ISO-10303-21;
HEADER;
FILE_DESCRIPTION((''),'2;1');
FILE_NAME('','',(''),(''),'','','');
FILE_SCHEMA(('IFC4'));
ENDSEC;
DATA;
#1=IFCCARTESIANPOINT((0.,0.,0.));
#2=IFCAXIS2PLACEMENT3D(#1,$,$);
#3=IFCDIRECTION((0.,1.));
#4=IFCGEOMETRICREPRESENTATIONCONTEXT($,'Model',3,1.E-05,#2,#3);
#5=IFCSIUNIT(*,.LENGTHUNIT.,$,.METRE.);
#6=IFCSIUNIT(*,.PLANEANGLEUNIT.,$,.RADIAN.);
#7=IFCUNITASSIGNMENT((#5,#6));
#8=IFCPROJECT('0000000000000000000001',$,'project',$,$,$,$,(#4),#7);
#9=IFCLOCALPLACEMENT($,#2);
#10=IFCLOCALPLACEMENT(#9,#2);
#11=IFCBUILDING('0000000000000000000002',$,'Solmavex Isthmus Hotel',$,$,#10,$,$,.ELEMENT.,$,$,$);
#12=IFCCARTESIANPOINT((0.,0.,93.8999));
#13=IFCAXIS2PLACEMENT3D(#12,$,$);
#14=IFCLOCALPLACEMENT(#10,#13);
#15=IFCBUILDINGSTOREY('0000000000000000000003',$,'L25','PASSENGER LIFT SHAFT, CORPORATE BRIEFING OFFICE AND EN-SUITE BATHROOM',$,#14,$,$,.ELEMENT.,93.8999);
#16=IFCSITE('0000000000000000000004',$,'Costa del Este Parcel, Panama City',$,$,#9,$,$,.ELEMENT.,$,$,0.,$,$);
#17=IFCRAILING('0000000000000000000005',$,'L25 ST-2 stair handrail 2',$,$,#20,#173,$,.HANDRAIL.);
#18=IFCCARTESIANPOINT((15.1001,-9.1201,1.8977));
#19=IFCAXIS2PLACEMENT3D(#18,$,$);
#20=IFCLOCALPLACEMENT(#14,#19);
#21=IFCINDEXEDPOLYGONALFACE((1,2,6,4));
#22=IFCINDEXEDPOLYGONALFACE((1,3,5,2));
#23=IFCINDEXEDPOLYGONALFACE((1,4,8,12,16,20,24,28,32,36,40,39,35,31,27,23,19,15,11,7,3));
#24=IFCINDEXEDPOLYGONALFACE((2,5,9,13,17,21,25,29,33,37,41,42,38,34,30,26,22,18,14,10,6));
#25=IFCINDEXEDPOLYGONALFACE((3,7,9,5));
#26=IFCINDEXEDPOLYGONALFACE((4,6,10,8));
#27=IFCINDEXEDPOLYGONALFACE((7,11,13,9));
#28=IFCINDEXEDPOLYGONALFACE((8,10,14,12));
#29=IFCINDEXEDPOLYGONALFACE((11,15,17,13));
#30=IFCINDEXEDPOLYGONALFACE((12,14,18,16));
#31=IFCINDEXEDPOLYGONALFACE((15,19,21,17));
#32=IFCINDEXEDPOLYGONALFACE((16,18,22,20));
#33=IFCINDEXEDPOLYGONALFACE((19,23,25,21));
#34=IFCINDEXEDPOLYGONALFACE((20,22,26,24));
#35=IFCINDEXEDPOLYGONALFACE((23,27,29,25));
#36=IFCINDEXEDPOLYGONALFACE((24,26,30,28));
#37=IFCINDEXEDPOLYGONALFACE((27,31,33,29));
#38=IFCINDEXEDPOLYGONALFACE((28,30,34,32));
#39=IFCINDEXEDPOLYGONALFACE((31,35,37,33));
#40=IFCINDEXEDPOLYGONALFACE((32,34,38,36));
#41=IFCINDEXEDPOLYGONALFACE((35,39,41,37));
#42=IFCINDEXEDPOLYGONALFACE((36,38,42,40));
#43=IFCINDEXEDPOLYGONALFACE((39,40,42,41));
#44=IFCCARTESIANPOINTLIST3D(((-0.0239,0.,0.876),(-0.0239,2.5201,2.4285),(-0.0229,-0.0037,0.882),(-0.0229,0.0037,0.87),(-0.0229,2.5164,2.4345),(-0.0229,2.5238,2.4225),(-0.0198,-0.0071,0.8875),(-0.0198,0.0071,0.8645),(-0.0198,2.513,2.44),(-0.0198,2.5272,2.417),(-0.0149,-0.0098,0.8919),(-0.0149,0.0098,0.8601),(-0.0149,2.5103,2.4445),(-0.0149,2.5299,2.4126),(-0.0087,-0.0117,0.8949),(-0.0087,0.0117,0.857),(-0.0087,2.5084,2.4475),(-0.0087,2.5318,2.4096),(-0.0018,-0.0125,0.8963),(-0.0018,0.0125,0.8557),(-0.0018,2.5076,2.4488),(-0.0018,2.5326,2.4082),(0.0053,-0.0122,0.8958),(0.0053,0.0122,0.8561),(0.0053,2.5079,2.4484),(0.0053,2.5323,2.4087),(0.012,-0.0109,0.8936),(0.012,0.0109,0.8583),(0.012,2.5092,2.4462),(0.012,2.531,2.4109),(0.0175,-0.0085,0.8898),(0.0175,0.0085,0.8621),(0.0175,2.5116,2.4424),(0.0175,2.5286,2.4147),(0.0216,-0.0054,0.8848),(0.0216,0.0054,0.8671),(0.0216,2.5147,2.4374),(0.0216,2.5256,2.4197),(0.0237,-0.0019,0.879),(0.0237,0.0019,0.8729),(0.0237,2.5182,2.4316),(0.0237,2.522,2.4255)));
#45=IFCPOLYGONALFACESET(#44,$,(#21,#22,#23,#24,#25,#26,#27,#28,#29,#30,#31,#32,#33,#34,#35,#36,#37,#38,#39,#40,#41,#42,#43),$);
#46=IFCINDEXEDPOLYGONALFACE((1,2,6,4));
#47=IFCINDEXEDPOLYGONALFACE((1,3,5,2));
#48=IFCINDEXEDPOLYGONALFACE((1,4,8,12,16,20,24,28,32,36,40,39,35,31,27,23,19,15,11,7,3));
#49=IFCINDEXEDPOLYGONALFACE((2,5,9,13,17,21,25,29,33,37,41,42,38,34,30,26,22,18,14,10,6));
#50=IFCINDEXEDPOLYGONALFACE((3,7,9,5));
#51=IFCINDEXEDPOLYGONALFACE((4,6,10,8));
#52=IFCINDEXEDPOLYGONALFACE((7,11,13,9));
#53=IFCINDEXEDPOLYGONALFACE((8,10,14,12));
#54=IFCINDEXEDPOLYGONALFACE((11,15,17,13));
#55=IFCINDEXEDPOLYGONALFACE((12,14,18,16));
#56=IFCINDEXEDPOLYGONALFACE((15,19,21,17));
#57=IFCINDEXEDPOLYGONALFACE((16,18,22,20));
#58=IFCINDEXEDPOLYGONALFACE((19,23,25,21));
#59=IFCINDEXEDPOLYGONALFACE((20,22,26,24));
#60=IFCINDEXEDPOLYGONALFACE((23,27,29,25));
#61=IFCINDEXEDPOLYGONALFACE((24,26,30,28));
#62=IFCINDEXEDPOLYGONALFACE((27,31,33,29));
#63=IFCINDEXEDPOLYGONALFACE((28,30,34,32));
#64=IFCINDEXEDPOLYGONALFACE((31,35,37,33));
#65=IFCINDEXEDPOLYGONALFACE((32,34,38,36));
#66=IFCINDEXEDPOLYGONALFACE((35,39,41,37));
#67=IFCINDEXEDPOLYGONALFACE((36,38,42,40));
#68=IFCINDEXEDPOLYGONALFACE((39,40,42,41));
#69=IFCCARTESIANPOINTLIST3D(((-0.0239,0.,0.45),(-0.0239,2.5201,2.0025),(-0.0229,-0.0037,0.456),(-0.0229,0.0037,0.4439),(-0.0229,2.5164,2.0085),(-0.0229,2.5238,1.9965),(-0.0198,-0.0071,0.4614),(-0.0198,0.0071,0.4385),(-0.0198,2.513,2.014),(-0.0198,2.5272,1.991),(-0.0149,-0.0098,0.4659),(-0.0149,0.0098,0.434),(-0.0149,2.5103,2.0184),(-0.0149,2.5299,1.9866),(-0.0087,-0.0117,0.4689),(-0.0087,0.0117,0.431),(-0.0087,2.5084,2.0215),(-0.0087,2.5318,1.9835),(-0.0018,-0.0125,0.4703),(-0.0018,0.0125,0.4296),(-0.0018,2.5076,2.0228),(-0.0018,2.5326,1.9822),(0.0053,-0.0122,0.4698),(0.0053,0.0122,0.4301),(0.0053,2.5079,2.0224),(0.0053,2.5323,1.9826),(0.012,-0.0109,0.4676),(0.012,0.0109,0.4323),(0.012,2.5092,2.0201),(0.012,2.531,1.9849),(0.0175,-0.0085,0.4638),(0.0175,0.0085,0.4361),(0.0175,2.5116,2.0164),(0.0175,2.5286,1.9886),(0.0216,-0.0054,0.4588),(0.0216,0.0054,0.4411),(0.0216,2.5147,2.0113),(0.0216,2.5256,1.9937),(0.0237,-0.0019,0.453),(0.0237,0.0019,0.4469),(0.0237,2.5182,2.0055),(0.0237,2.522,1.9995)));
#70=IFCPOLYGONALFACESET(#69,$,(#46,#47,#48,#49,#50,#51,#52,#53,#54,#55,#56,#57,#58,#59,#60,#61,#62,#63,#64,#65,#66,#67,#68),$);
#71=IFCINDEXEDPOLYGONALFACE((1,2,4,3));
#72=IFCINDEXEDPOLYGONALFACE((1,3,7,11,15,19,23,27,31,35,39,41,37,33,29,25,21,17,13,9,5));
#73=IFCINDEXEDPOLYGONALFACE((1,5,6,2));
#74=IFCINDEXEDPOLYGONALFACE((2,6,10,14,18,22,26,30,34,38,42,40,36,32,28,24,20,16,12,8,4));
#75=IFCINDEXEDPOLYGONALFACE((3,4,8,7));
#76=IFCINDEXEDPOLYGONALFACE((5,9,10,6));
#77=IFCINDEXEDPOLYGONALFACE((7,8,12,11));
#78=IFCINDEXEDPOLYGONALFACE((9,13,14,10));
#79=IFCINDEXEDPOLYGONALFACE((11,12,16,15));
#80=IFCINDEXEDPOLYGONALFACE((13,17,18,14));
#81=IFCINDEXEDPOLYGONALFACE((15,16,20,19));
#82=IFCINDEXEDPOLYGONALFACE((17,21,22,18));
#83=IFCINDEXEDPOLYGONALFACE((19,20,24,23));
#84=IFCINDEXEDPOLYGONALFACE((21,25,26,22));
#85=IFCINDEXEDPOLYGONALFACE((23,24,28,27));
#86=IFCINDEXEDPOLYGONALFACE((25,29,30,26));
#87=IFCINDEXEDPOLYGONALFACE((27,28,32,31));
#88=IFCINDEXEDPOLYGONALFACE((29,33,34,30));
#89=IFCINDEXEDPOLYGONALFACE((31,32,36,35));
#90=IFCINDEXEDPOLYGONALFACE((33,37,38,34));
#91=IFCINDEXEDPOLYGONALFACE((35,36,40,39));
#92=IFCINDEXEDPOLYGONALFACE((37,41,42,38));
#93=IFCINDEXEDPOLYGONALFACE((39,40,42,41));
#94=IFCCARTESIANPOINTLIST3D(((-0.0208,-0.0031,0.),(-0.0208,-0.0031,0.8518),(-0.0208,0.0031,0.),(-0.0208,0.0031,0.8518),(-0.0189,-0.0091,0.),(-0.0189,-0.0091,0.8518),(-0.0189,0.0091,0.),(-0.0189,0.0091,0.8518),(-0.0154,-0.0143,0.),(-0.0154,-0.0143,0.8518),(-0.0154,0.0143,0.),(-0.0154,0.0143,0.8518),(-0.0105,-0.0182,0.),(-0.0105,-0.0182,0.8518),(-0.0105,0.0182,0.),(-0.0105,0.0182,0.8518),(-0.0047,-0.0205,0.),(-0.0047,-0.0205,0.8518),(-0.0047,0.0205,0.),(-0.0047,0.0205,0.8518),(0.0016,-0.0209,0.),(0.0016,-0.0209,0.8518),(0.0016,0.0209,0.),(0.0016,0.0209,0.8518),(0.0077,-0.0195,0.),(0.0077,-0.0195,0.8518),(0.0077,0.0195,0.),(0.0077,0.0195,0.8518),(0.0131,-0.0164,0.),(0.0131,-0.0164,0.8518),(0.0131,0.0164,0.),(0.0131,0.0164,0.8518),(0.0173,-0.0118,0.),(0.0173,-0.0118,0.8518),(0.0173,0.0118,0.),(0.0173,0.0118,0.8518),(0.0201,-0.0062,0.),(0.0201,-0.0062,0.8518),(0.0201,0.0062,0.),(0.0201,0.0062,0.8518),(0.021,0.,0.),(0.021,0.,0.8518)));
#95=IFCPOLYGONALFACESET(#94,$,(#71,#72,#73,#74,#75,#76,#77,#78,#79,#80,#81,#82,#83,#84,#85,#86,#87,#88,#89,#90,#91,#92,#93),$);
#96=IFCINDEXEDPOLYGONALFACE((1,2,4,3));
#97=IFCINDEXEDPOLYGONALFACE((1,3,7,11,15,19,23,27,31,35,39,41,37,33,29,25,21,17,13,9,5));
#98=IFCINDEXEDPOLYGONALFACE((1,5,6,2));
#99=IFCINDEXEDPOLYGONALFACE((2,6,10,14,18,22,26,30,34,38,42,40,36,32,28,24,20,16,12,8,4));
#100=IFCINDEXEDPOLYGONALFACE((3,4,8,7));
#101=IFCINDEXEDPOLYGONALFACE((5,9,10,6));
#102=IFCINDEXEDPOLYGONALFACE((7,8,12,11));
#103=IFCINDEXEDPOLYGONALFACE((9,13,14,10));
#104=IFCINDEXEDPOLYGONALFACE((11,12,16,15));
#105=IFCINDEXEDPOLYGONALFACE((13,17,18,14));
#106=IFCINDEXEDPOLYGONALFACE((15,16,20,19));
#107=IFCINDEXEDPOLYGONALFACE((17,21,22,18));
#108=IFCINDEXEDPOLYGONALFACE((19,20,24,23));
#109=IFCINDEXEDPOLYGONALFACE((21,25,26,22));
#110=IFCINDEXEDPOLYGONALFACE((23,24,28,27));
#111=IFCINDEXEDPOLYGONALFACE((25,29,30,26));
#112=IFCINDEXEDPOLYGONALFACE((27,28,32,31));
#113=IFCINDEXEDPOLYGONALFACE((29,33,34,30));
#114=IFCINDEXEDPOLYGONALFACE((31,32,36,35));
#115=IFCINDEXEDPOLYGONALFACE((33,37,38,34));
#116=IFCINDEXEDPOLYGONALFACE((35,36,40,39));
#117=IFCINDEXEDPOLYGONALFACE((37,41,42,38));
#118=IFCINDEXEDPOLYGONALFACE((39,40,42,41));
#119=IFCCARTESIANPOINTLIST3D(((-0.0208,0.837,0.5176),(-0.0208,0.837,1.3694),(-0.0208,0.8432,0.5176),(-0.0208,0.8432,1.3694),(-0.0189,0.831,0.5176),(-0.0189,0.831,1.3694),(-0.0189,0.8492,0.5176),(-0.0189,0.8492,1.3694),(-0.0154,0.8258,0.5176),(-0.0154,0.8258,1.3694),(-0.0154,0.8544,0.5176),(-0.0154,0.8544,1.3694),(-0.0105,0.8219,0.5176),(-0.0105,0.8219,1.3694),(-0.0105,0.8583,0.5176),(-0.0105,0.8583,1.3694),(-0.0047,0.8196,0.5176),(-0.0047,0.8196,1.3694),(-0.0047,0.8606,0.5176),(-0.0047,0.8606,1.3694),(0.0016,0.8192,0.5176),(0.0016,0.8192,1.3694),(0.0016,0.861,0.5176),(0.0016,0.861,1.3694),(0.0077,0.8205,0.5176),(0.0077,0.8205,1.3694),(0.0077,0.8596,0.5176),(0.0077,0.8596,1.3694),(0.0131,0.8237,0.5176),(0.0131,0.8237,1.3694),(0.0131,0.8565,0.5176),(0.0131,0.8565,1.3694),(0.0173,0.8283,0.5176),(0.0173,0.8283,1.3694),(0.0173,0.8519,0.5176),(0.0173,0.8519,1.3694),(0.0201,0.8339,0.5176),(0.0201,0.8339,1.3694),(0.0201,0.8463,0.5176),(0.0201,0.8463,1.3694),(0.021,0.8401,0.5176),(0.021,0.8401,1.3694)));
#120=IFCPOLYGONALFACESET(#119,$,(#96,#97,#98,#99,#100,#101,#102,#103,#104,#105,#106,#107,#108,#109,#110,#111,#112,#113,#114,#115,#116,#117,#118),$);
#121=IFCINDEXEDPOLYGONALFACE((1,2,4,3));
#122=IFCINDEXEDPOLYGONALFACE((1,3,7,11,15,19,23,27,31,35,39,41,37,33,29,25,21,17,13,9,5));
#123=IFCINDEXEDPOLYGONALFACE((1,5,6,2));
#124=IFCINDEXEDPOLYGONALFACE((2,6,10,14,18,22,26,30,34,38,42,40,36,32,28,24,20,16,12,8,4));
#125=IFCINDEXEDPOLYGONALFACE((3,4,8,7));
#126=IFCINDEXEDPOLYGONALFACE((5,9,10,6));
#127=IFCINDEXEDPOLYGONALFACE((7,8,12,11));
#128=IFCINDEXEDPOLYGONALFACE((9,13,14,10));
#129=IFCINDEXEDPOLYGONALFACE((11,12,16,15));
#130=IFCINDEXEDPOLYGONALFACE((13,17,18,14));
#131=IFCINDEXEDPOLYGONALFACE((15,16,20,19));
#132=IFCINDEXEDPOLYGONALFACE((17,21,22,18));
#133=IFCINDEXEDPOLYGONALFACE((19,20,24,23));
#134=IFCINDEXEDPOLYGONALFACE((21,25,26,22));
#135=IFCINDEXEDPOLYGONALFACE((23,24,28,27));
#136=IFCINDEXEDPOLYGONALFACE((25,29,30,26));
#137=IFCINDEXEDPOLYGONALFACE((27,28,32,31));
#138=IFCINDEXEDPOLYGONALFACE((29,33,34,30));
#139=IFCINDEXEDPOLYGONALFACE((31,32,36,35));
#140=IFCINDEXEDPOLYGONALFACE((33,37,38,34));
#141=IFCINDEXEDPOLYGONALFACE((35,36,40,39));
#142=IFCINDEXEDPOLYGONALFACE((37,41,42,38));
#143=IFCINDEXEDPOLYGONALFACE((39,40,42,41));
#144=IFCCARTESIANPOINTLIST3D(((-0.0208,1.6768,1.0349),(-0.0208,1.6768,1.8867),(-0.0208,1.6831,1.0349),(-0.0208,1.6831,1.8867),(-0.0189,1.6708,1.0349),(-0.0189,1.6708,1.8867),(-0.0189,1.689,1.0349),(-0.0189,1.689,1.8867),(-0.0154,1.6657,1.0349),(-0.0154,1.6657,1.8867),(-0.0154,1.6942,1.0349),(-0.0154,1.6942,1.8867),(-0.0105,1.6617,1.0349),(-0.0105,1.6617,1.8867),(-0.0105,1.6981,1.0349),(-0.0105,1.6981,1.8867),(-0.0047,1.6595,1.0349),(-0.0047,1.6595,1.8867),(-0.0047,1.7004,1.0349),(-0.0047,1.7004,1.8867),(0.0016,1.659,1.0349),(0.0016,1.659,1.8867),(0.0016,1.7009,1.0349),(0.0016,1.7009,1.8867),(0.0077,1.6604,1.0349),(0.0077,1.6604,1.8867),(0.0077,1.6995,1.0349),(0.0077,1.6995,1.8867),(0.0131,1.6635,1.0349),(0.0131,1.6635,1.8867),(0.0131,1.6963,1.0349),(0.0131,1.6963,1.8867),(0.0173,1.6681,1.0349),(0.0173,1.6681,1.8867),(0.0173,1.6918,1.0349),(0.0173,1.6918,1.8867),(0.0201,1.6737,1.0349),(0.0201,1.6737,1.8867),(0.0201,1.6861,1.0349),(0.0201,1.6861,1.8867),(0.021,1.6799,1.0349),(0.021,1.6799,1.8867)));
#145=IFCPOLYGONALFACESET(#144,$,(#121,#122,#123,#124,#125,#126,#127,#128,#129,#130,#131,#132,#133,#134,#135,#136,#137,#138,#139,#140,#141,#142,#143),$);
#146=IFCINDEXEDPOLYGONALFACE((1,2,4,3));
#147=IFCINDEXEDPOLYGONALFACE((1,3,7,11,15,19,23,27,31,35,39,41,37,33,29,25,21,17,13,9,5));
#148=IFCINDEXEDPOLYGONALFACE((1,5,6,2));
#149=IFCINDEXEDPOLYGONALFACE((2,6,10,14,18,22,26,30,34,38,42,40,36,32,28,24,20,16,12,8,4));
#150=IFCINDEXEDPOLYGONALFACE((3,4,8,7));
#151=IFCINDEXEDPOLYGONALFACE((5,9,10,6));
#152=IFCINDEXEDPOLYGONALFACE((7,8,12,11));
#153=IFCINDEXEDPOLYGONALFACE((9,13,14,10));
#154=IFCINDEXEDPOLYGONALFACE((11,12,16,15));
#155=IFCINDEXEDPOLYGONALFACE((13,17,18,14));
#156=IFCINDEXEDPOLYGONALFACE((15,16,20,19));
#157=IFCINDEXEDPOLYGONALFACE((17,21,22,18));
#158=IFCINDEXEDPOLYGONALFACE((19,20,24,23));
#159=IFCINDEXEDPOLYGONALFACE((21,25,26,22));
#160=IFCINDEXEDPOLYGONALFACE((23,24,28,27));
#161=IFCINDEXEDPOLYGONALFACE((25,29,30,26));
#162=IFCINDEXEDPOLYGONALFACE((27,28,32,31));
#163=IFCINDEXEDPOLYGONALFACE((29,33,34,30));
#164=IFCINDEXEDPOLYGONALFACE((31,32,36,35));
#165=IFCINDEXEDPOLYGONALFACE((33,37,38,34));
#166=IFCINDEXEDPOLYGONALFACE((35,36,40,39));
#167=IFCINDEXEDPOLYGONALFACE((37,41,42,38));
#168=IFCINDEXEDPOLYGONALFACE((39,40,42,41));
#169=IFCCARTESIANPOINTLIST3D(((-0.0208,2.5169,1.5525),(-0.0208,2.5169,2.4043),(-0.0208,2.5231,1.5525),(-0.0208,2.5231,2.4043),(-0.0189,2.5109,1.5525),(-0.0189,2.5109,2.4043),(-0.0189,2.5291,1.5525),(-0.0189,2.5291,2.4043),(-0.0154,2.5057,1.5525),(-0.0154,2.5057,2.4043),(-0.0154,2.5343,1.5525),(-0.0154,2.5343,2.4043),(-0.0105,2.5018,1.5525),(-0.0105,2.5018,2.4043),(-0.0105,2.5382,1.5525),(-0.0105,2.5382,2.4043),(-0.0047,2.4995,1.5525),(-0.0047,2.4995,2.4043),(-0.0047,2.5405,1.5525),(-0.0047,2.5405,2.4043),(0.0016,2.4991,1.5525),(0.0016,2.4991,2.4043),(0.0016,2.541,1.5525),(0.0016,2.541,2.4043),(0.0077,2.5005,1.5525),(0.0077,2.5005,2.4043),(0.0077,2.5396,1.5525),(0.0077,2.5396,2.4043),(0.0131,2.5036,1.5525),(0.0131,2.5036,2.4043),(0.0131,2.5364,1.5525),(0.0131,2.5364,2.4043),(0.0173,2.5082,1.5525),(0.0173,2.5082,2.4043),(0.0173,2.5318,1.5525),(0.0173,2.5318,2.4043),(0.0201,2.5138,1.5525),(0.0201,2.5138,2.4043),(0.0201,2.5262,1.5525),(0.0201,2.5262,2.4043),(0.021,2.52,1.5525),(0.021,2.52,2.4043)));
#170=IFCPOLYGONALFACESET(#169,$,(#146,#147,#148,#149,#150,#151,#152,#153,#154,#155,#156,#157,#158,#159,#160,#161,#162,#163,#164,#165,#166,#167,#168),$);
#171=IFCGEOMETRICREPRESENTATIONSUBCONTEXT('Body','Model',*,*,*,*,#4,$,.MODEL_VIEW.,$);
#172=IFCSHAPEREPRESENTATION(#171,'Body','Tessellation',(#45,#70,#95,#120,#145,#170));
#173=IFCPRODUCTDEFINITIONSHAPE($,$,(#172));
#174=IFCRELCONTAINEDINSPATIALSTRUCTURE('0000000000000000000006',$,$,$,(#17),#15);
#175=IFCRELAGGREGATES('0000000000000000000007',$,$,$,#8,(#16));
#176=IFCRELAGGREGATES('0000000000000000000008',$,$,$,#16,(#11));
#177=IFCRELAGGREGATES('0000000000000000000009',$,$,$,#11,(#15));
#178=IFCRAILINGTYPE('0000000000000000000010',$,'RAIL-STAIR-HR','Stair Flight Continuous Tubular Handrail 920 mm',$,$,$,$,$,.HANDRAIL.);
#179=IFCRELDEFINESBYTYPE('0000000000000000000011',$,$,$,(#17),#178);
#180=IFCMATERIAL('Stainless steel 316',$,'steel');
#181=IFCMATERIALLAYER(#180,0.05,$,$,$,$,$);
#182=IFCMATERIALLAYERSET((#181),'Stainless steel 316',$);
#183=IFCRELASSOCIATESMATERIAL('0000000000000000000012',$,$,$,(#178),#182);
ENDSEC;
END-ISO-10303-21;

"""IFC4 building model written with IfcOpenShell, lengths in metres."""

from ifc_helpers import new_model, si_unit, direction, frame, origin, origin_2d, place, context, subcontext, project, spatial, circle, extrude, material, layer, layer_set, type_object, element, save


model = new_model("IFC4")

# Units and contexts
model_context = context("Model", 3, precision=1e-05, world=origin(), true_north=direction((0.0, 1.0)))
body_context = subcontext(model_context, "Body", "Model", "MODEL_VIEW")
ifc_project = project(units=[si_unit("LENGTHUNIT", "METRE"), si_unit("PLANEANGLEUNIT", "RADIAN")], contexts=[model_context])

# Site, building, storey
site_placement = place(None, origin())
site = spatial("IfcSite", under=ifc_project, at=site_placement, Name="Costa del Este Parcel, Panama City", CompositionType="ELEMENT", RefElevation=0.0)
building_placement = place(site_placement, origin())
building = spatial("IfcBuilding", under=site, at=building_placement, Name="Solmavex Isthmus Hotel", CompositionType="ELEMENT")
storey_placement = place(building_placement, frame((0.0, 0.0, 93.8999)))
storey = spatial("IfcBuildingStorey", under=building, at=storey_placement, Name="L25", Description="PASSENGER LIFT SHAFT, CORPORATE BRIEFING OFFICE AND EN-SUITE BATHROOM", CompositionType="ELEMENT", Elevation=93.8999)

# Railing
ifc_material_1 = material(Name="Stainless steel 316", Category="steel")
ifc_layer_1 = layer(ifc_material_1, 0.05)
ifc_layer_set_1 = layer_set([ifc_layer_1], Name="Stainless steel 316")
railing_type = type_object("IfcRailingType", Name="RAIL-STAIR-HR", Description="Stair Flight Continuous Tubular Handrail 920 mm", PredefinedType="HANDRAIL", material=ifc_layer_set_1)
railing_placement = place(storey_placement, frame((15.1001, -9.1201, 1.8977)))
element("IfcRailing", 1, at=railing_placement, inside=storey, type_object=railing_type, Name="L25 ST-2 stair handrail 2", PredefinedType="HANDRAIL", context=body_context, shape_type="SweptSolid", body=[
    extrude(circle(Radius=0.0239, at=origin_2d()), frame((0.0, 0.0, 0.876), z_axis=(0.0, 0.8514, 0.524516), x_axis=(-1.0, 0.0, 0.0)), (0.0, 0.0, 1.0), 2.96),
    extrude(circle(Radius=0.0239, at=origin_2d()), frame((0.0, 0.0, 0.45), z_axis=(0.0, 0.8514, 0.524516), x_axis=(-1.0, 0.0, 0.0)), (0.0, 0.0, 1.0), 2.96),
    extrude(circle(Radius=0.021, at=origin_2d()), origin(), (0.0, 0.0, 1.0), 0.8518),
    extrude(circle(Radius=0.021, at=origin_2d()), frame((0.0, 0.8401, 0.5176)), (0.0, 0.0, 1.0), 0.8518),
    extrude(circle(Radius=0.021, at=origin_2d()), frame((0.0, 1.6799, 1.0349)), (0.0, 0.0, 1.0), 0.8518),
    extrude(circle(Radius=0.021, at=origin_2d()), frame((0.0, 2.52, 1.5525)), (0.0, 0.0, 1.0), 0.8518),
])

save(model, "model.ifc")
